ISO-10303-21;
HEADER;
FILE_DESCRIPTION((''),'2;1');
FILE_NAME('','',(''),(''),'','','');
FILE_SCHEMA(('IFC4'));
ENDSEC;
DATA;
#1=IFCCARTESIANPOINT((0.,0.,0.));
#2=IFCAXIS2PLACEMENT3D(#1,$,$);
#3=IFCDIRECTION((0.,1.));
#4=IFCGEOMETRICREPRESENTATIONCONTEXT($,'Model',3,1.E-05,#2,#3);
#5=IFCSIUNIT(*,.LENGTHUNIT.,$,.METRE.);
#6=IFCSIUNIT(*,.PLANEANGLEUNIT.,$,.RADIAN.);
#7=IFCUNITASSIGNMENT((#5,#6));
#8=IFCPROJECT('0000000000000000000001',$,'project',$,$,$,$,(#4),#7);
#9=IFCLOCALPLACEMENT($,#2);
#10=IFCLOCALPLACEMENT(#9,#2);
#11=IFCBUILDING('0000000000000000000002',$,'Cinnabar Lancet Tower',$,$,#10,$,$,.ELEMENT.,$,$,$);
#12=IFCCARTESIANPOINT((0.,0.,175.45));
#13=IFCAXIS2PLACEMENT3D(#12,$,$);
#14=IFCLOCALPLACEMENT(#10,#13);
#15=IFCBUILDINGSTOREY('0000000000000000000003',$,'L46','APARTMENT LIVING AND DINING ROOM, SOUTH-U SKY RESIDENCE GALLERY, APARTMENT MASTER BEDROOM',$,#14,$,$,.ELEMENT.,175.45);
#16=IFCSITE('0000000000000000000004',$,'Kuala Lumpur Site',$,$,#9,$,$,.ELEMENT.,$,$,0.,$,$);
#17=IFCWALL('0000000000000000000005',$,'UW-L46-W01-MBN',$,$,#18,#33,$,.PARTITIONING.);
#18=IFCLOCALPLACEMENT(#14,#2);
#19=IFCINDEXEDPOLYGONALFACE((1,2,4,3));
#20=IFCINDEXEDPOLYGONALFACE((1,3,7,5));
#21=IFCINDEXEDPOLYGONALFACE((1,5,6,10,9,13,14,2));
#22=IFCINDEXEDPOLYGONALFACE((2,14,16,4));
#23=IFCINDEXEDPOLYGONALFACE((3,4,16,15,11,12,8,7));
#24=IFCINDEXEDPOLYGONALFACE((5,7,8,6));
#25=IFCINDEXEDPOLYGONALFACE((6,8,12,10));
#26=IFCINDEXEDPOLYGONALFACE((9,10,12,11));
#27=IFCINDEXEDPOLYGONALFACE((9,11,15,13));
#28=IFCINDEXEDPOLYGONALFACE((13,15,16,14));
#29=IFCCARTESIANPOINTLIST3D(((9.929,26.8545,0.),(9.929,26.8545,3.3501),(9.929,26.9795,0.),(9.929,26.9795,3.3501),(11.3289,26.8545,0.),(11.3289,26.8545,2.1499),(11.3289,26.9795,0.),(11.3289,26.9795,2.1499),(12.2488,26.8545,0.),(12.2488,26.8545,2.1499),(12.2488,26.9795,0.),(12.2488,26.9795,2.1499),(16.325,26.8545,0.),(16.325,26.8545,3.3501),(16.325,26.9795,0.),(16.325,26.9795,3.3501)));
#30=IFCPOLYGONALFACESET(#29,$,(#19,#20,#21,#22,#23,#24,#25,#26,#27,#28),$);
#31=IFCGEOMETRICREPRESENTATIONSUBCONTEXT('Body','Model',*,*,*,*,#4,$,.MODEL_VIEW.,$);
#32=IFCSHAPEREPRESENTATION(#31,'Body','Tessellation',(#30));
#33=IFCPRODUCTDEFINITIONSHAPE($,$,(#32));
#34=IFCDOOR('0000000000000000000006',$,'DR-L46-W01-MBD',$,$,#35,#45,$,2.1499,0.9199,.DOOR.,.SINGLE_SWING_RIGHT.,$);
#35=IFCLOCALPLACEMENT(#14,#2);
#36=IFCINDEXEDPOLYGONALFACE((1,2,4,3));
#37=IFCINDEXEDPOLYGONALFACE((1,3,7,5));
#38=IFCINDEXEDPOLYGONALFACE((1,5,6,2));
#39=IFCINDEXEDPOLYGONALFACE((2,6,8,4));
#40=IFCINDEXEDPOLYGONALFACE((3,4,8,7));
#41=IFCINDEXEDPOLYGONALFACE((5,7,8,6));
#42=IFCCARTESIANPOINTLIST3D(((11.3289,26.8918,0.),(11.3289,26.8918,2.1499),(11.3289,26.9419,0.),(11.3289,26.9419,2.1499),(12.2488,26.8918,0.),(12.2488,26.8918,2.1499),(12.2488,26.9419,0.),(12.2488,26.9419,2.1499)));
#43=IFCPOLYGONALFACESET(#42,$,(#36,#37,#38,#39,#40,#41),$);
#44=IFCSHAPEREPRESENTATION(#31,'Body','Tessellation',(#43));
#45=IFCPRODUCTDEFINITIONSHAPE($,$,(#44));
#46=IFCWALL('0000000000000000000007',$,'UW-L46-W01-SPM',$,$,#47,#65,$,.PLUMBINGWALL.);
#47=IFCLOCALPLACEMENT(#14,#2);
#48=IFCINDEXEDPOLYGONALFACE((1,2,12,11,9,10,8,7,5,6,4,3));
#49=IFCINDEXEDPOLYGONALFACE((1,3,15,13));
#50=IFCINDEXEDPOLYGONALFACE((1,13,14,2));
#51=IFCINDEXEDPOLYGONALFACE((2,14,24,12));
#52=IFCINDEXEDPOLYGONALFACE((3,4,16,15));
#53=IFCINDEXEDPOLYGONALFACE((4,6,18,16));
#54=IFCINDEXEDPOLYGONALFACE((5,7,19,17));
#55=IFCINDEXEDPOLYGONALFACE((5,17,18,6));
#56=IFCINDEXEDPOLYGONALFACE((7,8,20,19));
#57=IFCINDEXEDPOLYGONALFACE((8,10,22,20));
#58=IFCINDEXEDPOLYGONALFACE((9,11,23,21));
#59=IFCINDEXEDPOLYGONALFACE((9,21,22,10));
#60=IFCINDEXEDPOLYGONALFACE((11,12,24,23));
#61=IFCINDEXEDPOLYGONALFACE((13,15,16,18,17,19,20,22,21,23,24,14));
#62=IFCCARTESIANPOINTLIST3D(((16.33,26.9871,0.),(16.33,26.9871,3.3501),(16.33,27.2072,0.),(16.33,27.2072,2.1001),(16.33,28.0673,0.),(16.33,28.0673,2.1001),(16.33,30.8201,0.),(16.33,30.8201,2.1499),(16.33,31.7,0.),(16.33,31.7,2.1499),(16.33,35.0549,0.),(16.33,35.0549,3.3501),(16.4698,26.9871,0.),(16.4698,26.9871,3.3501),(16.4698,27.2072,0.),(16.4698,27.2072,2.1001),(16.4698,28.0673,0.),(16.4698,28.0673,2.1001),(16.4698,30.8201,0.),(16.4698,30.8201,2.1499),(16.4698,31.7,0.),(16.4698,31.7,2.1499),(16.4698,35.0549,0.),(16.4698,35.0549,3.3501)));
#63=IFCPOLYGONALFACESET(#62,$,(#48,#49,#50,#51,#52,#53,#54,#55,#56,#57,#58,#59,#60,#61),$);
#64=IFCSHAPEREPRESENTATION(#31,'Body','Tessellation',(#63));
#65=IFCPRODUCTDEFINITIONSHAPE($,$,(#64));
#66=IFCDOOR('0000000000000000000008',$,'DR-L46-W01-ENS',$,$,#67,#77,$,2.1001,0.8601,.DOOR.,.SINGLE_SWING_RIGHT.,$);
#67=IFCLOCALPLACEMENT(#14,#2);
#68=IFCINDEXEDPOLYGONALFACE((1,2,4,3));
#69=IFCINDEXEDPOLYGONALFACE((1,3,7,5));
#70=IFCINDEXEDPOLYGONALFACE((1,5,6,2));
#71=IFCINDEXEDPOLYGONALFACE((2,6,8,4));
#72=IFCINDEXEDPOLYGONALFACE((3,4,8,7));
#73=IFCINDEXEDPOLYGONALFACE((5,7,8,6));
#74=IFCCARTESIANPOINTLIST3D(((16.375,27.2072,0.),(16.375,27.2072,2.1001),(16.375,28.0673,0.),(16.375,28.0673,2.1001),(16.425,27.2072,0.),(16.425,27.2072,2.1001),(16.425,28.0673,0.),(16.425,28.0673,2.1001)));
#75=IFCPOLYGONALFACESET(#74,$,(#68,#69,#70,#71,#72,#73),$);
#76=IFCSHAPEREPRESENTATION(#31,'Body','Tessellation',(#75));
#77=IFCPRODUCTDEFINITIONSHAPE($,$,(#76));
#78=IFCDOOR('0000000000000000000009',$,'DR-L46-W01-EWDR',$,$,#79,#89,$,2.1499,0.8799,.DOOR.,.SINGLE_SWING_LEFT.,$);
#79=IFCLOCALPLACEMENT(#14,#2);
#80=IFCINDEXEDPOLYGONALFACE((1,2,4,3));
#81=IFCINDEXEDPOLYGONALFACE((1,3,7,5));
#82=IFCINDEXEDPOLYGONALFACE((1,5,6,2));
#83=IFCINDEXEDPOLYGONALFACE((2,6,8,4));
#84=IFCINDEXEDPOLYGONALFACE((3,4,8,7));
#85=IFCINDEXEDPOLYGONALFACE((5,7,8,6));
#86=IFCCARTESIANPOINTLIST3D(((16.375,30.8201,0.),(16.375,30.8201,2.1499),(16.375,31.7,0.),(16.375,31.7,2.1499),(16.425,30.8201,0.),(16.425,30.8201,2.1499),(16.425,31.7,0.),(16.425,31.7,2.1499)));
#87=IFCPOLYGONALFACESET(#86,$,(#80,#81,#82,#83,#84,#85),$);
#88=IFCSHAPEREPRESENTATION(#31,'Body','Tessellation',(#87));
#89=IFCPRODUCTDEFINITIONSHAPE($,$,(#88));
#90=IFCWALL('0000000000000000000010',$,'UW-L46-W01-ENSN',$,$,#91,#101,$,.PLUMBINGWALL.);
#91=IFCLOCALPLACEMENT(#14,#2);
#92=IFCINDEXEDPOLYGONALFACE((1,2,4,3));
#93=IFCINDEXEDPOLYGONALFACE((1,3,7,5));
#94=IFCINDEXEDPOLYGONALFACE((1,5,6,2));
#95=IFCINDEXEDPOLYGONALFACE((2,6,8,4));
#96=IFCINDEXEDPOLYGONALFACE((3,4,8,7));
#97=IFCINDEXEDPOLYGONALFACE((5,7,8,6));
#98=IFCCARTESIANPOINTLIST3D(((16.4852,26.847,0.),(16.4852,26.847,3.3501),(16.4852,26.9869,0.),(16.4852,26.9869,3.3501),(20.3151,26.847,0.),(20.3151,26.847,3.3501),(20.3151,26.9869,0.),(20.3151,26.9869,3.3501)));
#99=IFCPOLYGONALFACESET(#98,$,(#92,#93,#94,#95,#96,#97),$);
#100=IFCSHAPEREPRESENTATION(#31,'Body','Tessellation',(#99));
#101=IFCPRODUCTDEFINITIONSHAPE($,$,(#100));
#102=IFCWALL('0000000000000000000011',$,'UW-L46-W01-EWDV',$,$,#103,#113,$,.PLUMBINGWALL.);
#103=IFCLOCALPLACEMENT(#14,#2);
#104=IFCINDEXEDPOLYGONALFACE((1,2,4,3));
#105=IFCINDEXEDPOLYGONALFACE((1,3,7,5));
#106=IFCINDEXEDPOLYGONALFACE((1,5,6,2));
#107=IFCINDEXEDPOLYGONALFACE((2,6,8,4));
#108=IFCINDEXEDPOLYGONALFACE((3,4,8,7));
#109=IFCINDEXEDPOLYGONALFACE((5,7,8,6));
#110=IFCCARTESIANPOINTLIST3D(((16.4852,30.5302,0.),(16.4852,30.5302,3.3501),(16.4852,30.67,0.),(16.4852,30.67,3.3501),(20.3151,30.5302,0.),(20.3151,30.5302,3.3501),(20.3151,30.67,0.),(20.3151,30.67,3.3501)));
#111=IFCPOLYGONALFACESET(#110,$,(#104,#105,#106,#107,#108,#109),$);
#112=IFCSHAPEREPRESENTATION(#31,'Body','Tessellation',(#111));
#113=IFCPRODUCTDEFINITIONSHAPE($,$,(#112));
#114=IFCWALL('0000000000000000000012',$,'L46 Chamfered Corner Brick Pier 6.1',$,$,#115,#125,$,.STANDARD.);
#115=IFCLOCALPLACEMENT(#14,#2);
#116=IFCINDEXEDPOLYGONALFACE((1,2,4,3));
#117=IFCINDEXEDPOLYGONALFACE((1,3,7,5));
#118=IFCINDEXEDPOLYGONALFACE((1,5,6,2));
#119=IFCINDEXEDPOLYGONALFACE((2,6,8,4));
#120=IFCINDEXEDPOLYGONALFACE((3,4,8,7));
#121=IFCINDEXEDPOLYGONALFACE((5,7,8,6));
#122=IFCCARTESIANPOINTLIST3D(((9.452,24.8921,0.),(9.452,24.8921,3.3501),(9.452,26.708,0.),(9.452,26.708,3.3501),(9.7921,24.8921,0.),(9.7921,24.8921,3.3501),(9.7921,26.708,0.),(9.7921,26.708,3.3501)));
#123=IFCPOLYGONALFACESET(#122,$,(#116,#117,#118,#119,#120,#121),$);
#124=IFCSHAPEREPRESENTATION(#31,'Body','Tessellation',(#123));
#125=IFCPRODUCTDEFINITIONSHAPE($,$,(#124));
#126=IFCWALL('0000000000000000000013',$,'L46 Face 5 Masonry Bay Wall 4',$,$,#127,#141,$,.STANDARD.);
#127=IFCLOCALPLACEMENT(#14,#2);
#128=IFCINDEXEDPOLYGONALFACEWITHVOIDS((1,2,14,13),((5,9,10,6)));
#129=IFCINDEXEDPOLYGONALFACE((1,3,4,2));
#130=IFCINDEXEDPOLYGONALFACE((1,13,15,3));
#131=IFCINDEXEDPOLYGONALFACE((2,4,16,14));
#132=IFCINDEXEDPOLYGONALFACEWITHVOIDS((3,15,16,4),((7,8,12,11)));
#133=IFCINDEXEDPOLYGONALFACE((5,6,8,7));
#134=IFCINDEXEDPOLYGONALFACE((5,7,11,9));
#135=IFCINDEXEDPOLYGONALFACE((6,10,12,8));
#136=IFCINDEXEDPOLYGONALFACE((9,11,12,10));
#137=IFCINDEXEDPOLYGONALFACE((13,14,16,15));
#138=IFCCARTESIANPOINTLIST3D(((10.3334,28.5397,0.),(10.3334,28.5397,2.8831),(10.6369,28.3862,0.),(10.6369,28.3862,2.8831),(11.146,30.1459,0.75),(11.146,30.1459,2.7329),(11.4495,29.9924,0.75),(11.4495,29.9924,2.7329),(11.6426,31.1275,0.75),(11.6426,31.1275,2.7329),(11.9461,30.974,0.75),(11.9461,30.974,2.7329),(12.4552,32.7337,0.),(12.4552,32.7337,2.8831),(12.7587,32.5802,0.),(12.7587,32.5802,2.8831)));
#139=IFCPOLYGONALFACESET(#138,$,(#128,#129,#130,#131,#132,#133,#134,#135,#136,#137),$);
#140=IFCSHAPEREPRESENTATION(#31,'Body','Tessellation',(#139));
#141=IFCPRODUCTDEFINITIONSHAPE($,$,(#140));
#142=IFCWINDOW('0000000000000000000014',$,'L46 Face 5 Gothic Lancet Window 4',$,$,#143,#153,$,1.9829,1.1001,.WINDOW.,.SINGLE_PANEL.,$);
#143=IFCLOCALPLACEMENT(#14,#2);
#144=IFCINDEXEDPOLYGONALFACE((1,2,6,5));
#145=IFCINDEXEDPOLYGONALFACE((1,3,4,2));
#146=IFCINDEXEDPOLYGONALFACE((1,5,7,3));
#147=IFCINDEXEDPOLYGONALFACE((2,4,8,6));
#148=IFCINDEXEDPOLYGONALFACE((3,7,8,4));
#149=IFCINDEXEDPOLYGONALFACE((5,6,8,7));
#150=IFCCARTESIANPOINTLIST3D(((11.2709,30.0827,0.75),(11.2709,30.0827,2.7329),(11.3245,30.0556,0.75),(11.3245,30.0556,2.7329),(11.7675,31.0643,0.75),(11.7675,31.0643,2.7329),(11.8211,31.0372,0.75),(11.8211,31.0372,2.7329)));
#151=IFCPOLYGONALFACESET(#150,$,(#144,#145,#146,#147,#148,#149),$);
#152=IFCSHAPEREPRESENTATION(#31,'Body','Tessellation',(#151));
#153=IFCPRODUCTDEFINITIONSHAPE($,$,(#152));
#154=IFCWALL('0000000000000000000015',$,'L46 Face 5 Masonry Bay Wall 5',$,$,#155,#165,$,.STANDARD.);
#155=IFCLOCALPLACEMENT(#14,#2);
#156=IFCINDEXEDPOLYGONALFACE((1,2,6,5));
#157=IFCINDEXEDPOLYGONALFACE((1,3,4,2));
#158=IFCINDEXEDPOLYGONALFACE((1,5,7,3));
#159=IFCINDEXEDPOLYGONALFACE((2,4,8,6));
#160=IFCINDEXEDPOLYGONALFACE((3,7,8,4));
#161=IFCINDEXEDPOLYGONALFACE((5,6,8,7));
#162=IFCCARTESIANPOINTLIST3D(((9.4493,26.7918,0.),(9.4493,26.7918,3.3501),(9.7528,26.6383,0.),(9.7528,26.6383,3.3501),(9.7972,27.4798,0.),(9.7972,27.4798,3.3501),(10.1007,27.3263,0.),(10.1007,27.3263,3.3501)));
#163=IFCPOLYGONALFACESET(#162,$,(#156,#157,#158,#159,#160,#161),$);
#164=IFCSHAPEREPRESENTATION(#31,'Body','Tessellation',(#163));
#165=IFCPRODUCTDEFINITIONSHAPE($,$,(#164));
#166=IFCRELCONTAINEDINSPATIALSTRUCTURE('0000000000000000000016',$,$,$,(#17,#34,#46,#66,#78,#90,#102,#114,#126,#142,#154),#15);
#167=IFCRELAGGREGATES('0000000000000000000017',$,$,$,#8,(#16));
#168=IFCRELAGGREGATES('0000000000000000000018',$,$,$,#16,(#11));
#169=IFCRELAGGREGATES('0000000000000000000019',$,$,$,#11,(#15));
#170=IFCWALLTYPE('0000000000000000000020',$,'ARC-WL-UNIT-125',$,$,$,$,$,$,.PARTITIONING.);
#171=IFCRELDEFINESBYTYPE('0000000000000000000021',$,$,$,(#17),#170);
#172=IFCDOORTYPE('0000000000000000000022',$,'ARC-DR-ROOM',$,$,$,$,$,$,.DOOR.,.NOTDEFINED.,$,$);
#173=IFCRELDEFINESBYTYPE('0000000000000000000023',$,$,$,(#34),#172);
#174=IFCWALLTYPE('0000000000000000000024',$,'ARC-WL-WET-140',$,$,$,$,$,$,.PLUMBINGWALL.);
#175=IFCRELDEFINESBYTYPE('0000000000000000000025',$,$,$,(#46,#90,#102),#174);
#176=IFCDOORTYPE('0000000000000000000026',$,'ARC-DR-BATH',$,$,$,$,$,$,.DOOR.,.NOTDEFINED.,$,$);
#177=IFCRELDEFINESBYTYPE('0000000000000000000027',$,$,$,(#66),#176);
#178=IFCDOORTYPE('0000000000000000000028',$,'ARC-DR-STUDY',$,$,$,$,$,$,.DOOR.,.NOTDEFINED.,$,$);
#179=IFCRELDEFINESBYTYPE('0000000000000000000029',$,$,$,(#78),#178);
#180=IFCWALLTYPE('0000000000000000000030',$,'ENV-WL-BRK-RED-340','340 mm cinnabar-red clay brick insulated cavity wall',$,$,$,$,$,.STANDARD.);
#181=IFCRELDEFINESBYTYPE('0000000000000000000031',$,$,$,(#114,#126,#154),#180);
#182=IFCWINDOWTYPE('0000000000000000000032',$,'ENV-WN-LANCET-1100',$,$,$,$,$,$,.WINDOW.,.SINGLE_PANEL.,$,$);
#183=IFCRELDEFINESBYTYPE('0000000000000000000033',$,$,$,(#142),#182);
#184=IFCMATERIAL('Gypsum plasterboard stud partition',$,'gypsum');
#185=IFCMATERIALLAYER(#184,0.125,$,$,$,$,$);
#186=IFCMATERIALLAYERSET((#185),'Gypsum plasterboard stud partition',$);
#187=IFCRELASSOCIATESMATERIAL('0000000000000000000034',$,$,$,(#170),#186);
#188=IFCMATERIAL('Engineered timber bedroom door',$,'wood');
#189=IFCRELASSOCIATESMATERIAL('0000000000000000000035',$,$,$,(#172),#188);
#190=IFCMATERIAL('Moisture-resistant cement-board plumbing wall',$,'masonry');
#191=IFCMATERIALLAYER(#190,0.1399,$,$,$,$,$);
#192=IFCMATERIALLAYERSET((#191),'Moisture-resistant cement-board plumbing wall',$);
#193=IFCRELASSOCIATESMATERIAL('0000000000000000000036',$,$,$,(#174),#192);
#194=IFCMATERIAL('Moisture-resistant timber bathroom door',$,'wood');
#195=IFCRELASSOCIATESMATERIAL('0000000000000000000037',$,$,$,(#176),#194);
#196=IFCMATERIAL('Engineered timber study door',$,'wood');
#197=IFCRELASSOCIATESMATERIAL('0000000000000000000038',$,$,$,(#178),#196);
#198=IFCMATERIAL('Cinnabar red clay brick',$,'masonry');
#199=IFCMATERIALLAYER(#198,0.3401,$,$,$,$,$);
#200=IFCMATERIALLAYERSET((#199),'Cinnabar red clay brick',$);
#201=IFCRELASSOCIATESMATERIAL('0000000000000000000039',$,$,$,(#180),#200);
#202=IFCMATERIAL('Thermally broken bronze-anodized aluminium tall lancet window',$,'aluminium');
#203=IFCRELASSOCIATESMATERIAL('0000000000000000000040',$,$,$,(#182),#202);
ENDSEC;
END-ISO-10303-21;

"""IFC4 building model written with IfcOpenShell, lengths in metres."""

from ifc_helpers import new_model, si_unit, direction, frame, frame_2d, origin, place, context, subcontext, project, spatial, rectangle, extrude, material, layer, layer_set, type_object, element, fill, save


model = new_model("IFC4")

# Units and contexts
model_context = context("Model", 3, precision=1e-05, world=origin(), true_north=direction((0.0, 1.0)))
body_context = subcontext(model_context, "Body", "Model", "MODEL_VIEW")
ifc_project = project(units=[si_unit("LENGTHUNIT", "METRE"), si_unit("PLANEANGLEUNIT", "RADIAN")], contexts=[model_context])

# Site, building, storey
site_placement = place(None, origin())
site = spatial("IfcSite", under=ifc_project, at=site_placement, Name="Kuala Lumpur Site", CompositionType="ELEMENT", RefElevation=0.0)
building_placement = place(site_placement, origin())
building = spatial("IfcBuilding", under=site, at=building_placement, Name="Cinnabar Lancet Tower", CompositionType="ELEMENT")
storey_placement = place(building_placement, frame((0.0, 0.0, 175.45)))
storey = spatial("IfcBuildingStorey", under=building, at=storey_placement, Name="L46", Description="APARTMENT LIVING AND DINING ROOM, SOUTH-U SKY RESIDENCE GALLERY, APARTMENT MASTER BEDROOM", CompositionType="ELEMENT", Elevation=175.45)

# Wall, opening, door
ifc_material_1 = material(Name="Gypsum plasterboard stud partition", Category="gypsum")
ifc_layer_1 = layer(ifc_material_1, 0.125)
ifc_layer_set_1 = layer_set([ifc_layer_1], Name="Gypsum plasterboard stud partition")
wall_type_1 = type_object("IfcWallType", Name="ARC-WL-UNIT-125", PredefinedType="PARTITIONING", material=ifc_layer_set_1)
wall_1_placement = place(storey_placement, frame((9.929, 26.917, 0.0), z_axis=(0.0, 0.0, 1.0), x_axis=(1.0, 0.0, 0.0)))
wall_1 = element("IfcWall", 1, at=wall_1_placement, inside=storey, type_object=wall_type_1, Name="UW-L46-W01-MBN", PredefinedType="PARTITIONING", context=body_context, shape_type="SweptSolid", body=[
    extrude(rectangle(XDim=6.396, YDim=0.125, at=frame_2d((3.198, 0.0))), origin(), (0.0, 0.0, 1.0), 3.3501),
])
opening_1_placement = place(wall_1_placement, frame((1.3999, 0.0, 0.0)))
opening_1 = element("IfcOpeningElement", 2, at=opening_1_placement, cuts=wall_1, PredefinedType="OPENING", context=body_context, shape_type="SweptSolid", body=[
    extrude(rectangle(XDim=0.9199, YDim=2.1499, at=frame_2d((0.46, 1.075))), frame((0.0, 0.0725, 0.0), z_axis=(0.0, -1.0, 0.0), x_axis=(1.0, 0.0, 0.0)), (0.0, 0.0, 1.0), 0.145),
])
ifc_material_2 = material(Name="Engineered timber bedroom door", Category="wood")
door_type_1 = type_object("IfcDoorType", Name="ARC-DR-ROOM", OperationType="NOTDEFINED", PredefinedType="DOOR", material=ifc_material_2)
door_1_placement = place(opening_1_placement, origin())
door_1 = element("IfcDoor", 3, at=door_1_placement, inside=storey, type_object=door_type_1, Name="DR-L46-W01-MBD", OperationType="SINGLE_SWING_RIGHT", OverallHeight=2.1499, OverallWidth=0.9199, PredefinedType="DOOR", context=body_context, shape_type="SweptSolid", body=[
    extrude(rectangle(XDim=0.9199, YDim=2.1499, at=frame_2d((0.46, 1.075))), frame((0.0, 0.0249, 0.0), z_axis=(0.0, -1.0, 0.0), x_axis=(1.0, 0.0, 0.0)), (0.0, 0.0, 1.0), 0.05),
])
fill(opening_1, door_1)

# Wall, openings, doors
ifc_material_3 = material(Name="Moisture-resistant cement-board plumbing wall", Category="masonry")
ifc_layer_2 = layer(ifc_material_3, 0.1399)
ifc_layer_set_2 = layer_set([ifc_layer_2], Name="Moisture-resistant cement-board plumbing wall")
wall_type_2 = type_object("IfcWallType", Name="ARC-WL-WET-140", PredefinedType="PLUMBINGWALL", material=ifc_layer_set_2)
wall_2_placement = place(storey_placement, frame((16.3999, 26.9871, 0.0), z_axis=(0.0, 0.0, 1.0), x_axis=(0.0, 1.0, 0.0)))
wall_2 = element("IfcWall", 4, at=wall_2_placement, inside=storey, type_object=wall_type_2, Name="UW-L46-W01-SPM", PredefinedType="PLUMBINGWALL", context=body_context, shape_type="SweptSolid", body=[
    extrude(rectangle(XDim=8.0679, YDim=0.1399, at=frame_2d((4.0339, 0.0))), origin(), (0.0, 0.0, 1.0), 3.3501),
])
opening_2_placement = place(wall_2_placement, frame((0.22, 0.0, 0.0)))
opening_2 = element("IfcOpeningElement", 5, at=opening_2_placement, cuts=wall_2, PredefinedType="OPENING", context=body_context, shape_type="SweptSolid", body=[
    extrude(rectangle(XDim=0.8601, YDim=2.1001, at=frame_2d((0.4302, 1.05))), frame((0.0, 0.0798, 0.0), z_axis=(0.0, -1.0, 0.0), x_axis=(1.0, 0.0, 0.0)), (0.0, 0.0, 1.0), 0.1599),
])
opening_3_placement = place(wall_2_placement, frame((3.833, 0.0, 0.0)))
opening_3 = element("IfcOpeningElement", 6, at=opening_3_placement, cuts=wall_2, PredefinedType="OPENING", context=body_context, shape_type="SweptSolid", body=[
    extrude(rectangle(XDim=0.8799, YDim=2.1499, at=frame_2d((0.4399, 1.075))), frame((0.0, 0.0798, 0.0), z_axis=(0.0, -1.0, 0.0), x_axis=(1.0, 0.0, 0.0)), (0.0, 0.0, 1.0), 0.1599),
])
ifc_material_4 = material(Name="Moisture-resistant timber bathroom door", Category="wood")
door_type_2 = type_object("IfcDoorType", Name="ARC-DR-BATH", OperationType="NOTDEFINED", PredefinedType="DOOR", material=ifc_material_4)
door_2_placement = place(opening_2_placement, origin())
door_2 = element("IfcDoor", 7, at=door_2_placement, inside=storey, type_object=door_type_2, Name="DR-L46-W01-ENS", OperationType="SINGLE_SWING_RIGHT", OverallHeight=2.1001, OverallWidth=0.8601, PredefinedType="DOOR", context=body_context, shape_type="SweptSolid", body=[
    extrude(rectangle(XDim=0.8601, YDim=2.1001, at=frame_2d((0.4302, 1.05))), frame((0.0, 0.0249, 0.0), z_axis=(0.0, -1.0, 0.0), x_axis=(1.0, 0.0, 0.0)), (0.0, 0.0, 1.0), 0.05),
])
fill(opening_2, door_2)
ifc_material_5 = material(Name="Engineered timber study door", Category="wood")
door_type_3 = type_object("IfcDoorType", Name="ARC-DR-STUDY", OperationType="NOTDEFINED", PredefinedType="DOOR", material=ifc_material_5)
door_3_placement = place(opening_3_placement, origin())
door_3 = element("IfcDoor", 8, at=door_3_placement, inside=storey, type_object=door_type_3, Name="DR-L46-W01-EWDR", OperationType="SINGLE_SWING_LEFT", OverallHeight=2.1499, OverallWidth=0.8799, PredefinedType="DOOR", context=body_context, shape_type="SweptSolid", body=[
    extrude(rectangle(XDim=0.8799, YDim=2.1499, at=frame_2d((0.4399, 1.075))), frame((0.0, 0.0249, 0.0), z_axis=(0.0, -1.0, 0.0), x_axis=(1.0, 0.0, 0.0)), (0.0, 0.0, 1.0), 0.05),
])
fill(opening_3, door_3)

# Walls
for number, where, z_axis, x_axis, name in (
    (9, (16.4851, 26.917, 0.0), (0.0, 0.0, 1.0), (1.0, 0.0, 0.0), "UW-L46-W01-ENSN"),
    (10, (16.4851, 30.6001, 0.0), (0.0, 0.0, 1.0), (1.0, 0.0, 0.0), "UW-L46-W01-EWDV"),
):
    element("IfcWall", number, at=place(storey_placement, frame(where, z_axis=z_axis, x_axis=x_axis)), inside=storey, type_object=wall_type_2, Name=name, PredefinedType="PLUMBINGWALL", context=body_context, shape_type="SweptSolid", body=[
        extrude(rectangle(XDim=3.8298, YDim=0.1399, at=frame_2d((1.915, 0.0))), origin(), (0.0, 0.0, 1.0), 3.3501),
    ])
ifc_material_6 = material(Name="Cinnabar red clay brick", Category="masonry")
ifc_layer_3 = layer(ifc_material_6, 0.3401)
ifc_layer_set_3 = layer_set([ifc_layer_3], Name="Cinnabar red clay brick")
wall_type_3 = type_object("IfcWallType", Name="ENV-WL-BRK-RED-340", Description="340 mm cinnabar-red clay brick insulated cavity wall", PredefinedType="STANDARD", material=ifc_layer_set_3)
wall_3_placement = place(storey_placement, frame((9.6221, 26.708, 0.0), z_axis=(0.0, 0.0, 1.0), x_axis=(0.0, -1.0, 0.0)))
element("IfcWall", 11, at=wall_3_placement, inside=storey, type_object=wall_type_3, Name="L46 Chamfered Corner Brick Pier 6.1", PredefinedType="STANDARD", context=body_context, shape_type="SweptSolid", body=[
    extrude(rectangle(XDim=1.8159, YDim=0.3401, at=frame_2d((0.908, 0.0))), origin(), (0.0, 0.0, 1.0), 3.3501),
])

# Wall, opening, window
wall_4_placement = place(storey_placement, frame((12.6069, 32.657, 0.0), z_axis=(0.0, 0.0, 1.0), x_axis=(-0.451426, -0.892308, 0.0)))
wall_4 = element("IfcWall", 12, at=wall_4_placement, inside=storey, type_object=wall_type_3, Name="L46 Face 5 Masonry Bay Wall 4", PredefinedType="STANDARD", context=body_context, shape_type="SweptSolid", body=[
    extrude(rectangle(XDim=4.7002, YDim=0.3401, at=frame_2d((2.3501, 0.0))), origin(), (0.0, 0.0, 1.0), 2.8831),
])
opening_4_placement = place(wall_4_placement, frame((1.8, 0.0, 0.75)))
opening_4 = element("IfcOpeningElement", 13, at=opening_4_placement, cuts=wall_4, PredefinedType="OPENING", context=body_context, shape_type="SweptSolid", body=[
    extrude(rectangle(XDim=1.1001, YDim=1.9829, at=frame_2d((0.55, 0.9915))), frame((0.0, 0.1799, 0.0), z_axis=(0.0, -1.0, 0.0), x_axis=(1.0, 0.0, 0.0)), (0.0, 0.0, 1.0), 0.3601),
])
ifc_material_7 = material(Name="Thermally broken bronze-anodized aluminium tall lancet window", Category="aluminium")
window_type = type_object("IfcWindowType", Name="ENV-WN-LANCET-1100", PartitioningType="SINGLE_PANEL", PredefinedType="WINDOW", material=ifc_material_7)
window_placement = place(opening_4_placement, origin())
window = element("IfcWindow", 14, at=window_placement, inside=storey, type_object=window_type, Name="L46 Face 5 Gothic Lancet Window 4", OverallHeight=1.9829, OverallWidth=1.1001, PartitioningType="SINGLE_PANEL", PredefinedType="WINDOW", context=body_context, shape_type="SweptSolid", body=[
    extrude(rectangle(XDim=1.1001, YDim=1.9829, at=frame_2d((0.55, 0.9915))), frame((0.0, 0.03, 0.0), z_axis=(0.0, -1.0, 0.0), x_axis=(1.0, 0.0, 0.0)), (0.0, 0.0, 1.0), 0.0601),
])
fill(opening_4, window)

# Wall
for number, where, z_axis, x_axis, name in (
    (15, (9.949, 27.4031, 0.0), (0.0, 0.0, 1.0), (-0.451262, -0.892391, 0.0), "L46 Face 5 Masonry Bay Wall 5"),
):
    element("IfcWall", number, at=place(storey_placement, frame(where, z_axis=z_axis, x_axis=x_axis)), inside=storey, type_object=wall_type_3, Name=name, PredefinedType="STANDARD", context=body_context, shape_type="SweptSolid", body=[
        extrude(rectangle(XDim=0.771, YDim=0.3401, at=frame_2d((0.3855, 0.0))), origin(), (0.0, 0.0, 1.0), 3.3501),
    ])

save(model, "model.ifc")
